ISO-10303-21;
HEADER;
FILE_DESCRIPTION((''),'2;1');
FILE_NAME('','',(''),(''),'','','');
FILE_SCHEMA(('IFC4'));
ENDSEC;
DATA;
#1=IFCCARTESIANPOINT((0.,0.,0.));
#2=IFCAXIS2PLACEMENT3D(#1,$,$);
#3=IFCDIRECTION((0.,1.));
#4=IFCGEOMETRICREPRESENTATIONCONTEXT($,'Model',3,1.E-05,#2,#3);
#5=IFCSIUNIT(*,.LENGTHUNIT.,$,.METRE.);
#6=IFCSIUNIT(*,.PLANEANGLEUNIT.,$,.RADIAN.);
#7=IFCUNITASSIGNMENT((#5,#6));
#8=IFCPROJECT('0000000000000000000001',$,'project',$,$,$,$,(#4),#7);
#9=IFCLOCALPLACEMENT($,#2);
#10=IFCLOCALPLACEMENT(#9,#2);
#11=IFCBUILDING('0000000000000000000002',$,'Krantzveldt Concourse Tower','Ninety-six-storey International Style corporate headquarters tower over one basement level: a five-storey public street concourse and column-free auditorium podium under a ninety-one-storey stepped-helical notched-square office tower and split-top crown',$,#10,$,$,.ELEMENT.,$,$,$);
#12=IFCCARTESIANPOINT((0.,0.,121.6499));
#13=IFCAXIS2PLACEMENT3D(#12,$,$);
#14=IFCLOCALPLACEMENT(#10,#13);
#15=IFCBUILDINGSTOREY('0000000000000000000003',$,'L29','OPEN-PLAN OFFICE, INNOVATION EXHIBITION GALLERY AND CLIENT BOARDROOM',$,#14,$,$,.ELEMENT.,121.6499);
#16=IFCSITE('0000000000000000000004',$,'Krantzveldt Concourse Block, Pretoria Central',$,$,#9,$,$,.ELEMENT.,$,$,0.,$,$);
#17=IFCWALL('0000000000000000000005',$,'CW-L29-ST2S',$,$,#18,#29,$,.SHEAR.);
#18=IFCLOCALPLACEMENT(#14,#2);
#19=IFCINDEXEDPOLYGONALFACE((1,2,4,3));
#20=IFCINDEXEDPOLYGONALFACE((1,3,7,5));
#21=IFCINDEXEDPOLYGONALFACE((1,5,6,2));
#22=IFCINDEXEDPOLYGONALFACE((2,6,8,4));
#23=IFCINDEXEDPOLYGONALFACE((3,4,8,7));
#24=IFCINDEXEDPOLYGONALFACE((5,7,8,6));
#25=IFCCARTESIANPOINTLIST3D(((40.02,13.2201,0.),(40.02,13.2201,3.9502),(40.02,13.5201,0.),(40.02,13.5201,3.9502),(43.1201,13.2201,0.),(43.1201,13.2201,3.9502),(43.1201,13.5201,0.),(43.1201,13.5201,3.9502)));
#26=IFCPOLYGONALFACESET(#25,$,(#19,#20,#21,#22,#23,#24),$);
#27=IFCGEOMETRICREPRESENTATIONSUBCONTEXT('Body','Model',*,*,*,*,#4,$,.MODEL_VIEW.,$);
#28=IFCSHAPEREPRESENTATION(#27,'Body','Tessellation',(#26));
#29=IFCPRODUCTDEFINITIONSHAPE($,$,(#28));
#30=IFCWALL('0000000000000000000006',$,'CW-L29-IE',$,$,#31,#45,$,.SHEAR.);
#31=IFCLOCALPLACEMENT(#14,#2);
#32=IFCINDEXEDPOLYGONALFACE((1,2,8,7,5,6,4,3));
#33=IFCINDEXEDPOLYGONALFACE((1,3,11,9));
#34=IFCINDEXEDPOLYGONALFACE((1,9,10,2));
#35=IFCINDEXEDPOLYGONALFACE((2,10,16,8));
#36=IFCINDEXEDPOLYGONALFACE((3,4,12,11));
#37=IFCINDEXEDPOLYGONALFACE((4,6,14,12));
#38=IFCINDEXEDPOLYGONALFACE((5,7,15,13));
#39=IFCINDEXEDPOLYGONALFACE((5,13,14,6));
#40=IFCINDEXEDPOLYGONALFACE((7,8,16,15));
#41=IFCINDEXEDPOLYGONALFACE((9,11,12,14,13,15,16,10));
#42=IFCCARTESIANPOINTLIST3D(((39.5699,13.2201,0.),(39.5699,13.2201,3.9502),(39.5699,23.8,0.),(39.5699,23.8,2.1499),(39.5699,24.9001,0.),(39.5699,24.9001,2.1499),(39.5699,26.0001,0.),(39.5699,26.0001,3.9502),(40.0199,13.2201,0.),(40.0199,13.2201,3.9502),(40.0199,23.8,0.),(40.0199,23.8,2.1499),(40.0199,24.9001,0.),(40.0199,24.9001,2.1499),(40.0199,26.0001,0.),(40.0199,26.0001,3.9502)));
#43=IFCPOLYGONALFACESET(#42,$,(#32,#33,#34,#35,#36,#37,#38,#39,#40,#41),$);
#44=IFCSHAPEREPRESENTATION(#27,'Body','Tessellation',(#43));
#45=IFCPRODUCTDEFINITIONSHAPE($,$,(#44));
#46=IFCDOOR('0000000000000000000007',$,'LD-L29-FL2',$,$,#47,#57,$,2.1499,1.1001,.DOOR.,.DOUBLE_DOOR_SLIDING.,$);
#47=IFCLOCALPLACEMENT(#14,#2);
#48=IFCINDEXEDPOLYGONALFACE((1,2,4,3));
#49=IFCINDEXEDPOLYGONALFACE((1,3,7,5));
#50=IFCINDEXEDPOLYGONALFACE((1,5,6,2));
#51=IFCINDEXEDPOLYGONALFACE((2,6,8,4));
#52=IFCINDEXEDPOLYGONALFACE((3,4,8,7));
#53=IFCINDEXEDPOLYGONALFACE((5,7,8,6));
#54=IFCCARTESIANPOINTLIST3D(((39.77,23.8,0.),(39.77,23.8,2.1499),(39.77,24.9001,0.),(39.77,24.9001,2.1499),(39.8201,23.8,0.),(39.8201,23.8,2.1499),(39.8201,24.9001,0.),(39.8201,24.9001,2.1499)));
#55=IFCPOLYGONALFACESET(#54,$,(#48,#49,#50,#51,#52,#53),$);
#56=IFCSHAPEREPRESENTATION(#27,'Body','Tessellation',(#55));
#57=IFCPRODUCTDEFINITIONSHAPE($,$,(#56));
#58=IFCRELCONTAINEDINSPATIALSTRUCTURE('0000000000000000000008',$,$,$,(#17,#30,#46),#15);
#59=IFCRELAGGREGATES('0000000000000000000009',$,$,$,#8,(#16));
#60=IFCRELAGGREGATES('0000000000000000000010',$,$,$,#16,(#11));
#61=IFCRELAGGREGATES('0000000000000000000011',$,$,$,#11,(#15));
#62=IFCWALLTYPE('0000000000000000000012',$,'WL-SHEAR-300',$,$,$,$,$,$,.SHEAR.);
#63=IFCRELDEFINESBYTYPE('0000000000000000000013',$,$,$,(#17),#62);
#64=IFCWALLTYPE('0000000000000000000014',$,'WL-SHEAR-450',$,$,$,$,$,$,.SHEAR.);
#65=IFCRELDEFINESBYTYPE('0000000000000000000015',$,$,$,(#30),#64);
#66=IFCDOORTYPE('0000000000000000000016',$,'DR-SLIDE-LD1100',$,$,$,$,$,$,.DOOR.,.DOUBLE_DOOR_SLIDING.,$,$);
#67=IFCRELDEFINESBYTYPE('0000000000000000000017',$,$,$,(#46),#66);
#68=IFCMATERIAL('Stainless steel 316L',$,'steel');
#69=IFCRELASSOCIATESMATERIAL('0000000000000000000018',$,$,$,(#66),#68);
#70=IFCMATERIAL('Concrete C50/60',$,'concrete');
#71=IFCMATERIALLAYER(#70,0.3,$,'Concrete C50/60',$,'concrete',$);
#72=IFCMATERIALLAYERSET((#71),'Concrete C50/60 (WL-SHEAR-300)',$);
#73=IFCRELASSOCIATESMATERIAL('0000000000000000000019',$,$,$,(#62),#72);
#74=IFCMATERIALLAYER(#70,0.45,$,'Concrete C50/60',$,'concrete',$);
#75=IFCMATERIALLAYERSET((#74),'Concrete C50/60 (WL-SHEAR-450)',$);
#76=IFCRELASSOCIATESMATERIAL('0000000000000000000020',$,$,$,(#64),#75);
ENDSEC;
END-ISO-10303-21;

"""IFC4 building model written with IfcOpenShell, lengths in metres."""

from ifc_helpers import new_model, si_unit, direction, frame, frame_2d, origin, place, context, subcontext, project, spatial, rectangle, extrude, material, layer, layer_set, type_object, element, fill, save


model = new_model("IFC4")

# Units and contexts
model_context = context("Model", 3, precision=1e-05, world=origin(), true_north=direction((0.0, 1.0)))
body_context = subcontext(model_context, "Body", "Model", "MODEL_VIEW")
ifc_project = project(units=[si_unit("LENGTHUNIT", "METRE"), si_unit("PLANEANGLEUNIT", "RADIAN")], contexts=[model_context])

# Site, building, storey
site_placement = place(None, origin())
site = spatial("IfcSite", under=ifc_project, at=site_placement, Name="Krantzveldt Concourse Block, Pretoria Central", CompositionType="ELEMENT", RefElevation=0.0)
building_placement = place(site_placement, origin())
building = spatial("IfcBuilding", under=site, at=building_placement, Name="Krantzveldt Concourse Tower", Description="Ninety-six-storey International Style corporate headquarters tower over one basement level: a five-storey public street concourse and column-free auditorium podium under a ninety-one-storey stepped-helical notched-square office tower and split-top crown", CompositionType="ELEMENT")
storey_placement = place(building_placement, frame((0.0, 0.0, 121.6499)))
storey = spatial("IfcBuildingStorey", under=building, at=storey_placement, Name="L29", Description="OPEN-PLAN OFFICE, INNOVATION EXHIBITION GALLERY AND CLIENT BOARDROOM", CompositionType="ELEMENT", Elevation=121.6499)

# Shared definitions
ifc_material_1 = material(Name="Stainless steel 316L", Category="steel")
door_type = type_object("IfcDoorType", Name="DR-SLIDE-LD1100", OperationType="DOUBLE_DOOR_SLIDING", PredefinedType="DOOR", material=ifc_material_1)

# Wall
ifc_material_2 = material(Name="Concrete C50/60", Category="concrete")
ifc_layer_1 = layer(ifc_material_2, 0.3, Name="Concrete C50/60", Category="concrete")
ifc_layer_set_1 = layer_set([ifc_layer_1], Name="Concrete C50/60 (WL-SHEAR-300)")
wall_type_1 = type_object("IfcWallType", Name="WL-SHEAR-300", PredefinedType="SHEAR", material=ifc_layer_set_1)
wall_1_placement = place(storey_placement, frame((40.02, 13.3701, 0.0), z_axis=(0.0, 0.0, 1.0), x_axis=(1.0, 0.0, 0.0)))
element("IfcWall", 1, at=wall_1_placement, inside=storey, type_object=wall_type_1, Name="CW-L29-ST2S", PredefinedType="SHEAR", context=body_context, shape_type="SweptSolid", body=[
    extrude(rectangle(XDim=3.1001, YDim=0.3, at=frame_2d((1.55, 0.0))), origin(), (0.0, 0.0, 1.0), 3.9502),
])

# Wall, opening, door
ifc_layer_2 = layer(ifc_material_2, 0.45, Name="Concrete C50/60", Category="concrete")
ifc_layer_set_2 = layer_set([ifc_layer_2], Name="Concrete C50/60 (WL-SHEAR-450)")
wall_type_2 = type_object("IfcWallType", Name="WL-SHEAR-450", PredefinedType="SHEAR", material=ifc_layer_set_2)
wall_2_placement = place(storey_placement, frame((39.7949, 13.22, 0.0), z_axis=(0.0, 0.0, 1.0), x_axis=(0.0, 1.0, 0.0)))
wall_2 = element("IfcWall", 2, at=wall_2_placement, inside=storey, type_object=wall_type_2, Name="CW-L29-IE", PredefinedType="SHEAR", context=body_context, shape_type="SweptSolid", body=[
    extrude(rectangle(XDim=12.78, YDim=0.45, at=frame_2d((6.3901, 0.0))), origin(), (0.0, 0.0, 1.0), 3.9502),
])
opening_1_placement = place(wall_2_placement, frame((10.5801, 0.0, 0.0)))
opening_1 = element("IfcOpeningElement", 3, at=opening_1_placement, cuts=wall_2, PredefinedType="OPENING", context=body_context, shape_type="SweptSolid", body=[
    extrude(rectangle(XDim=1.1001, YDim=2.1499, at=frame_2d((0.55, 1.075))), frame((0.0, 0.2349, 0.0), z_axis=(0.0, -1.0, 0.0), x_axis=(1.0, 0.0, 0.0)), (0.0, 0.0, 1.0), 0.47),
])
door_1_placement = place(opening_1_placement, origin())
door_1 = element("IfcDoor", 4, at=door_1_placement, inside=storey, type_object=door_type, Name="LD-L29-FL2", OperationType="DOUBLE_DOOR_SLIDING", OverallHeight=2.1499, OverallWidth=1.1001, PredefinedType="DOOR", context=body_context, shape_type="SweptSolid", body=[
    extrude(rectangle(XDim=1.1001, YDim=2.1499, at=frame_2d((0.55, 1.075))), frame((0.0, 0.0249, 0.0), z_axis=(0.0, -1.0, 0.0), x_axis=(1.0, 0.0, 0.0)), (0.0, 0.0, 1.0), 0.05),
])
fill(opening_1, door_1)

save(model, "model.ifc")
